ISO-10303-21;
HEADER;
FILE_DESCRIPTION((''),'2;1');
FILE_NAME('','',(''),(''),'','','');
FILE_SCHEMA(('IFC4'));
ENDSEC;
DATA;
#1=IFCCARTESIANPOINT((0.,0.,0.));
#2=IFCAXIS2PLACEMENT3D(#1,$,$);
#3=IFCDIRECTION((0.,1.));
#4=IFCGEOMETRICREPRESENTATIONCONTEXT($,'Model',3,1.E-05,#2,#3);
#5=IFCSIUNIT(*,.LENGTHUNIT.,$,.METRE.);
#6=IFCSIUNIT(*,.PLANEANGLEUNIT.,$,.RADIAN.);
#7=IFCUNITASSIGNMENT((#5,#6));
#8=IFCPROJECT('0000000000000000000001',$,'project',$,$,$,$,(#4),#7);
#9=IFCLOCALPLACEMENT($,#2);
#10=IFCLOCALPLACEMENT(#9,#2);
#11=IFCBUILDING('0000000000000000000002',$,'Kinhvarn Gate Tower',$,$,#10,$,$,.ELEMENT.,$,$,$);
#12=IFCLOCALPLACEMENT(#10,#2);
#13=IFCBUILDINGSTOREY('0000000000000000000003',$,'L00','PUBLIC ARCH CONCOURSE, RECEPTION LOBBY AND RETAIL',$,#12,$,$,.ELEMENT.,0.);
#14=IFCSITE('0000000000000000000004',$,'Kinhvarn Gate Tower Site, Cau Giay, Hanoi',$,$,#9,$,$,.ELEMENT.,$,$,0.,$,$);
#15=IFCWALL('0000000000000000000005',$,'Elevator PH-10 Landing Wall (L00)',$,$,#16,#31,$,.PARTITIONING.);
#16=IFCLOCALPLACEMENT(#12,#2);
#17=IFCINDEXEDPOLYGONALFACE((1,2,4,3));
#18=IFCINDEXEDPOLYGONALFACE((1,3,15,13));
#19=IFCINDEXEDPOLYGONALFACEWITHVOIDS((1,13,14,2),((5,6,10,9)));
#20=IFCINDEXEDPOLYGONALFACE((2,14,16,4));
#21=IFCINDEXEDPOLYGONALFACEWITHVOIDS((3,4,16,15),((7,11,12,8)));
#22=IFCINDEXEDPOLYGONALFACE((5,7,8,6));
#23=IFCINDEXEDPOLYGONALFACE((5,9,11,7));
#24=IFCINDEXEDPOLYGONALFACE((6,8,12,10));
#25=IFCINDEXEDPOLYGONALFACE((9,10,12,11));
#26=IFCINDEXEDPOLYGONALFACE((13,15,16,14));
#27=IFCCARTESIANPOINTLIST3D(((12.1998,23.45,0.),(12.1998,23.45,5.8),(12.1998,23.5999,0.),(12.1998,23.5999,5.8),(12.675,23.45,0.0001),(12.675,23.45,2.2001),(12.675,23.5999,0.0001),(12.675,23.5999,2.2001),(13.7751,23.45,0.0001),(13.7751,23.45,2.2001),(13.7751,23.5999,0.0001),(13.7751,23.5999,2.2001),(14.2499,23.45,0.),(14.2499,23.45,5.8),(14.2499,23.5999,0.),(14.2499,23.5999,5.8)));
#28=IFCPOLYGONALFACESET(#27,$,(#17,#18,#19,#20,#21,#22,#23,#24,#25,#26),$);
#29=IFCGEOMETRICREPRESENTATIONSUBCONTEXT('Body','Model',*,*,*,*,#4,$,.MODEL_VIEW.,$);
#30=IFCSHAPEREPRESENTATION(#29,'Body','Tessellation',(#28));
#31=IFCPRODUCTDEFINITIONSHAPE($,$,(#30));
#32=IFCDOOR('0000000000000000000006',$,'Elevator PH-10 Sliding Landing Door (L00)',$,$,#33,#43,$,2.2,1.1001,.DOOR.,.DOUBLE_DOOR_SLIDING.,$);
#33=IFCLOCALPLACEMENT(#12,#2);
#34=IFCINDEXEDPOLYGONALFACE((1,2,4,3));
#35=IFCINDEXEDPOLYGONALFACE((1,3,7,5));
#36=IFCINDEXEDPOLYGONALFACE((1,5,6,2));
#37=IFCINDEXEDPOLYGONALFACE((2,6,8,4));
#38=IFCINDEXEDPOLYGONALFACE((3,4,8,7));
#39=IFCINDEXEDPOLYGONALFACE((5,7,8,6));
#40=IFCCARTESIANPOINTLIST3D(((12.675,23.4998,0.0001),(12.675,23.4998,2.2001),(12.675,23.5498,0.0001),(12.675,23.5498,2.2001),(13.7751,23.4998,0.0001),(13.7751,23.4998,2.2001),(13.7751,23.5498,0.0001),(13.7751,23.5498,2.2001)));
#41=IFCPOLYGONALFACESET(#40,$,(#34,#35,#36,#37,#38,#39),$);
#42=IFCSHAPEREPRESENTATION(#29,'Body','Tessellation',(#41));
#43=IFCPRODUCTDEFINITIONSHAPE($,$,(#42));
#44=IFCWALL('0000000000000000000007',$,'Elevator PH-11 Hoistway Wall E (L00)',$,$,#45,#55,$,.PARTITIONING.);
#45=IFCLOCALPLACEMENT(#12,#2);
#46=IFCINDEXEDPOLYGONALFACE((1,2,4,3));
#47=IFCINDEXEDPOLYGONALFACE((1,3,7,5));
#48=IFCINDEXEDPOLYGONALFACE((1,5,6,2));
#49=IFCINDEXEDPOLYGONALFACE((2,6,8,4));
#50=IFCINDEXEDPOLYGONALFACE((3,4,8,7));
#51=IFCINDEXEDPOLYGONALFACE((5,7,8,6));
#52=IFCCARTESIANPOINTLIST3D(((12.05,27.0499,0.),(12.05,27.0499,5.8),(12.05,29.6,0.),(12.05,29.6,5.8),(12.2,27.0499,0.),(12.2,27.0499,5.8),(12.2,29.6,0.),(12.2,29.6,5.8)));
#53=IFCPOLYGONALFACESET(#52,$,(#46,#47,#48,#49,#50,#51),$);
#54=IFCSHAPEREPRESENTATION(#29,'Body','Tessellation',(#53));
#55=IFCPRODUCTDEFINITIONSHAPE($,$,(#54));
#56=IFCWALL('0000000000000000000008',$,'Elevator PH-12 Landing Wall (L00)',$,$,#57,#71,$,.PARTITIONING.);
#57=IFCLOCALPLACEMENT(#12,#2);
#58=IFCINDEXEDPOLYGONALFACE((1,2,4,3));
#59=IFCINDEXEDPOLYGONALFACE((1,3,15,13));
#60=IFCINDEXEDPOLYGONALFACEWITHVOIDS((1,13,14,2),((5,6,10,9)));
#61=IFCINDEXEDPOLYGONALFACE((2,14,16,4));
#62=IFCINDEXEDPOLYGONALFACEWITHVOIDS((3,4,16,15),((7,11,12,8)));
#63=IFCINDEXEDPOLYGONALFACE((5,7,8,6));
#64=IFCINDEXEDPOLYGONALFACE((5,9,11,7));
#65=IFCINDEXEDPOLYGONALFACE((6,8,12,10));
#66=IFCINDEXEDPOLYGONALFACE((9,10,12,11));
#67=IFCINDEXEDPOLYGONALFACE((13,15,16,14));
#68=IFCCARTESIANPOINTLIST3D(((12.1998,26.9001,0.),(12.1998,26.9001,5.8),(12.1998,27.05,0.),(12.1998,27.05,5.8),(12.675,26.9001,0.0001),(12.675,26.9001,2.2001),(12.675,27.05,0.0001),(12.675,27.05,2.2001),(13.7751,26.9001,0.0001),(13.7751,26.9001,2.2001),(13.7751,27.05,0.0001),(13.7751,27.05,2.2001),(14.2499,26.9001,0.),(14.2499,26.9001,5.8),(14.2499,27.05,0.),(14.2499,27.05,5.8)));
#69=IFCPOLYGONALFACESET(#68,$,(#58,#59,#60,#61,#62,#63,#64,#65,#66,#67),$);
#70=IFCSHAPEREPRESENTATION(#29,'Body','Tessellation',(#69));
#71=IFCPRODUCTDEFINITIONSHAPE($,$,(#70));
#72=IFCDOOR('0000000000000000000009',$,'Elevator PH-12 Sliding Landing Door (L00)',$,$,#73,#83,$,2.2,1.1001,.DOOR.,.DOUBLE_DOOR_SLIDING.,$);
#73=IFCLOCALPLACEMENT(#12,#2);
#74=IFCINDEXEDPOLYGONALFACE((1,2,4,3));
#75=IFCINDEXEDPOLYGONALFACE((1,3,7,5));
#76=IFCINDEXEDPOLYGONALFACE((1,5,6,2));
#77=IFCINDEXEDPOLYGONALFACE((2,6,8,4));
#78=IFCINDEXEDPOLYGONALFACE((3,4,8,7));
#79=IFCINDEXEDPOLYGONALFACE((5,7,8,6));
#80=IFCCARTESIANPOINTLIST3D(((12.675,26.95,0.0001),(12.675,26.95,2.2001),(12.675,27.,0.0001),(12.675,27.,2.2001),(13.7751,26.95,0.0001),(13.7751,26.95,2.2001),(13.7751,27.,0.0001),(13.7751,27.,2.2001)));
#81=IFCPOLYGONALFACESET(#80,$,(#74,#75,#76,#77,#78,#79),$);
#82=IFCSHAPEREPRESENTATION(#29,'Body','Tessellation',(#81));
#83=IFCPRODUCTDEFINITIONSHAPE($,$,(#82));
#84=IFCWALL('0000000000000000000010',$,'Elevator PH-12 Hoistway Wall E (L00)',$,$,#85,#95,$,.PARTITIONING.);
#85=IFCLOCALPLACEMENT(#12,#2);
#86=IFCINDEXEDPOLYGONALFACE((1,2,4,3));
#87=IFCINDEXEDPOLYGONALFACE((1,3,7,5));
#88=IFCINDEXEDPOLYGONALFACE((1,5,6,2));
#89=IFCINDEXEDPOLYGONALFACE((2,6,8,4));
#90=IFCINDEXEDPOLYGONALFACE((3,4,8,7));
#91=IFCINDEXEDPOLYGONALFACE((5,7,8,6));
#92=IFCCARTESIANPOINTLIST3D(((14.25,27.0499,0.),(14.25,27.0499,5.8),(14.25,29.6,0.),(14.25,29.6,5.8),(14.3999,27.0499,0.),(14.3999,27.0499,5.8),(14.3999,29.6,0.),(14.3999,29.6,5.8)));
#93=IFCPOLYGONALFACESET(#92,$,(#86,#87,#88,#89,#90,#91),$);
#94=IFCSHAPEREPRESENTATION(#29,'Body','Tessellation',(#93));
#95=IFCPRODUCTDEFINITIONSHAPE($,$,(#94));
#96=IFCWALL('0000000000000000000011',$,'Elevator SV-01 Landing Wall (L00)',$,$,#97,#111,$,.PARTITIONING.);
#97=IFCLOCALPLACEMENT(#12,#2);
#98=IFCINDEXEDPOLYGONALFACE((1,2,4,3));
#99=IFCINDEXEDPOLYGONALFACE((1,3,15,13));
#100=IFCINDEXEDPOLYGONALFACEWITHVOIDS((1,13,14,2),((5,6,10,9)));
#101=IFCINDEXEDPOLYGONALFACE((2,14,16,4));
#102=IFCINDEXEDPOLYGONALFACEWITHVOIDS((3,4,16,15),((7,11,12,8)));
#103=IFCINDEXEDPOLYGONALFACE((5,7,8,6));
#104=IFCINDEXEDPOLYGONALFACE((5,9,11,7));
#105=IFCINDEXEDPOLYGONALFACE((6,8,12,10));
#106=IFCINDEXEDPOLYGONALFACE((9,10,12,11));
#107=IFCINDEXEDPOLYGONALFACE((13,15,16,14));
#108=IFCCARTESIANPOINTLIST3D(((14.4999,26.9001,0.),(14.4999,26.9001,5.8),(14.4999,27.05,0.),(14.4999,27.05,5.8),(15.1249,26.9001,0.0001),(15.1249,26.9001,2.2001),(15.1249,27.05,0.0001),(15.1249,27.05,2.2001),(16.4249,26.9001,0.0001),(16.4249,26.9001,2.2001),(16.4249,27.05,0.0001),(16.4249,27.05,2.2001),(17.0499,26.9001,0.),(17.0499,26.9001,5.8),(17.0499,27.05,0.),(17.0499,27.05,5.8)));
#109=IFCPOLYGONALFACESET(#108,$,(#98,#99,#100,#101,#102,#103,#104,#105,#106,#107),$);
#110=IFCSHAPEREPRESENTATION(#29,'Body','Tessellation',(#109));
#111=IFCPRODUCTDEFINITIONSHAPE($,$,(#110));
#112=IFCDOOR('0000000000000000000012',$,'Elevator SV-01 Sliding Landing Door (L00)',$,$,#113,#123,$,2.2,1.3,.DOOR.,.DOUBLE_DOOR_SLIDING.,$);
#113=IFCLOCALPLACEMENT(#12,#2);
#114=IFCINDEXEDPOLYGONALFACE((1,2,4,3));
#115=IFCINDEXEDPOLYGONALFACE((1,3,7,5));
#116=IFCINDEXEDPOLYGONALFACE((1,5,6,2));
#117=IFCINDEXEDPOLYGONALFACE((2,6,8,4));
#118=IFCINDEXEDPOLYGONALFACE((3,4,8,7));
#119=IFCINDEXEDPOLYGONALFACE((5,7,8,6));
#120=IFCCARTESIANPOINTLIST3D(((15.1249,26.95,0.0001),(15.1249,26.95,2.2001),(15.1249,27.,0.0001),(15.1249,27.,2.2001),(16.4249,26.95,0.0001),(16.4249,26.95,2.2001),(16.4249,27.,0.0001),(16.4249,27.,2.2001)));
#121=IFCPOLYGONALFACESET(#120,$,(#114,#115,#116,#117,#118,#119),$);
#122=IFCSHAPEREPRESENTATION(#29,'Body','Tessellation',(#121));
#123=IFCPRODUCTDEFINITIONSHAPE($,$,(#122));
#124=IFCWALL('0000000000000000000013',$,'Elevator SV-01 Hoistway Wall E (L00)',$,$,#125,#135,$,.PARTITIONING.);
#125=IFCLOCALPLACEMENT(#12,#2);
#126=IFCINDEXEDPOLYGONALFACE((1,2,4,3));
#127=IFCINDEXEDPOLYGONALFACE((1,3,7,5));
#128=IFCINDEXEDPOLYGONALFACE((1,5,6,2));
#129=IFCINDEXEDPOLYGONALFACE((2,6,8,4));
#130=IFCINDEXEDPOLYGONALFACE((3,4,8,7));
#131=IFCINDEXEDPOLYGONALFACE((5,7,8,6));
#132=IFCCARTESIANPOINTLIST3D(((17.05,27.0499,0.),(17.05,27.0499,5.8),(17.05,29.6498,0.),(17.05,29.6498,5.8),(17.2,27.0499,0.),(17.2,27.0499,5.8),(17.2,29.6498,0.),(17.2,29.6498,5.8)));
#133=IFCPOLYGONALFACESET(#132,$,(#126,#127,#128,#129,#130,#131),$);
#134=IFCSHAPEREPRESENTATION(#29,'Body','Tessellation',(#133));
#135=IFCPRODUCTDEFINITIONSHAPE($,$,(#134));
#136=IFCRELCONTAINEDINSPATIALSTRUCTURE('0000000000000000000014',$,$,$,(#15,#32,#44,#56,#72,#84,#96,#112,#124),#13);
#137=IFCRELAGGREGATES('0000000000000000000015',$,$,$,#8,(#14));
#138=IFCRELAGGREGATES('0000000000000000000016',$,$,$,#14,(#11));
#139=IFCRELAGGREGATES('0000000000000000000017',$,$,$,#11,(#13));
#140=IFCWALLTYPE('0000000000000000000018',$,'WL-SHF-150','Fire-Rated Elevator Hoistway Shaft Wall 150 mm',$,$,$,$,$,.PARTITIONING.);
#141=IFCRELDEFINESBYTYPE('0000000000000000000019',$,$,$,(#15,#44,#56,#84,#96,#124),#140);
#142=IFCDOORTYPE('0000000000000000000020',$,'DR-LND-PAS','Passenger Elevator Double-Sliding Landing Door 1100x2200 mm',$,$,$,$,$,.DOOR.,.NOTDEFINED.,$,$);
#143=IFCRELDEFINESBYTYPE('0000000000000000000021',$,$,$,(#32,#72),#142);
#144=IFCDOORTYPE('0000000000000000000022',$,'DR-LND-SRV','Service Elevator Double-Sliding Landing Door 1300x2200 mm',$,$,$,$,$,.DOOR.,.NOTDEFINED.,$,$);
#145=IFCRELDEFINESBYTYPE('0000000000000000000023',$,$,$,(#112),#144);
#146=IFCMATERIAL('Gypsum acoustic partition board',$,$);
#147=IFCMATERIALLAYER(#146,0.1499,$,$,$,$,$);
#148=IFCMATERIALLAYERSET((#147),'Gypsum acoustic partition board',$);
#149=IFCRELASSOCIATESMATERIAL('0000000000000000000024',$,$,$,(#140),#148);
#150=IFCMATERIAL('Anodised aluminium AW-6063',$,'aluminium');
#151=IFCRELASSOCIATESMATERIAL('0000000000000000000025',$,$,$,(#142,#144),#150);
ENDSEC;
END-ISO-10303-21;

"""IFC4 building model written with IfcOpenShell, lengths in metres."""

from ifc_helpers import new_model, si_unit, direction, frame, frame_2d, origin, place, context, subcontext, project, spatial, rectangle, extrude, material, layer, layer_set, type_object, element, fill, save


model = new_model("IFC4")

# Units and contexts
model_context = context("Model", 3, precision=1e-05, world=origin(), true_north=direction((0.0, 1.0)))
body_context = subcontext(model_context, "Body", "Model", "MODEL_VIEW")
ifc_project = project(units=[si_unit("LENGTHUNIT", "METRE"), si_unit("PLANEANGLEUNIT", "RADIAN")], contexts=[model_context])

# Site, building, storey
site_placement = place(None, origin())
site = spatial("IfcSite", under=ifc_project, at=site_placement, Name="Kinhvarn Gate Tower Site, Cau Giay, Hanoi", CompositionType="ELEMENT", RefElevation=0.0)
building_placement = place(site_placement, origin())
building = spatial("IfcBuilding", under=site, at=building_placement, Name="Kinhvarn Gate Tower", CompositionType="ELEMENT")
storey_placement = place(building_placement, origin())
storey = spatial("IfcBuildingStorey", under=building, at=storey_placement, Name="L00", Description="PUBLIC ARCH CONCOURSE, RECEPTION LOBBY AND RETAIL", CompositionType="ELEMENT", Elevation=0.0)

# Shared definitions
ifc_material_1 = material(Name="Anodised aluminium AW-6063", Category="aluminium")
ifc_material_2 = material(Name="Gypsum acoustic partition board")
ifc_layer_1 = layer(ifc_material_2, 0.1499)
ifc_layer_set_1 = layer_set([ifc_layer_1], Name="Gypsum acoustic partition board")
wall_type_1 = type_object("IfcWallType", Name="WL-SHF-150", Description="Fire-Rated Elevator Hoistway Shaft Wall 150 mm", PredefinedType="PARTITIONING", material=ifc_layer_set_1)
door_type_1 = type_object("IfcDoorType", Name="DR-LND-PAS", Description="Passenger Elevator Double-Sliding Landing Door 1100x2200 mm", OperationType="NOTDEFINED", PredefinedType="DOOR", material=ifc_material_1)

# Wall, opening, door
wall_1_placement = place(storey_placement, frame((12.2, 23.5249, 0.0), z_axis=(0.0, 0.0, 1.0), x_axis=(1.0, 0.0, 0.0)))
wall_1 = element("IfcWall", 1, at=wall_1_placement, inside=storey, type_object=wall_type_1, Name="Elevator PH-10 Landing Wall (L00)", PredefinedType="PARTITIONING", context=body_context, shape_type="SweptSolid", body=[
    extrude(rectangle(XDim=2.05, YDim=0.1499, at=frame_2d((1.0249, 0.0))), origin(), (0.0, 0.0, 1.0), 5.8),
])
opening_1_placement = place(wall_1_placement, frame((0.4751, 0.0, 0.0)))
opening_1 = element("IfcOpeningElement", 2, at=opening_1_placement, cuts=wall_1, PredefinedType="OPENING", context=body_context, shape_type="SweptSolid", body=[
    extrude(rectangle(XDim=1.1001, YDim=2.2, at=frame_2d((0.55, 1.1001))), frame((0.0, 0.085, 0.0), z_axis=(0.0, -1.0, 0.0), x_axis=(1.0, 0.0, 0.0)), (0.0, 0.0, 1.0), 0.1699),
])
door_1_placement = place(opening_1_placement, origin())
door_1 = element("IfcDoor", 3, at=door_1_placement, inside=storey, type_object=door_type_1, Name="Elevator PH-10 Sliding Landing Door (L00)", OperationType="DOUBLE_DOOR_SLIDING", OverallHeight=2.2, OverallWidth=1.1001, PredefinedType="DOOR", context=body_context, shape_type="SweptSolid", body=[
    extrude(rectangle(XDim=1.1001, YDim=2.2, at=frame_2d((0.55, 1.1001))), frame((0.0, 0.0249, 0.0), z_axis=(0.0, -1.0, 0.0), x_axis=(1.0, 0.0, 0.0)), (0.0, 0.0, 1.0), 0.05),
])
fill(opening_1, door_1)

# Wall
wall_2_placement = place(storey_placement, frame((12.125, 27.05, 0.0), z_axis=(0.0, 0.0, 1.0), x_axis=(0.0, 1.0, 0.0)))
element("IfcWall", 4, at=wall_2_placement, inside=storey, type_object=wall_type_1, Name="Elevator PH-11 Hoistway Wall E (L00)", PredefinedType="PARTITIONING", context=body_context, shape_type="SweptSolid", body=[
    extrude(rectangle(XDim=2.55, YDim=0.1499, at=frame_2d((1.2749, 0.0))), origin(), (0.0, 0.0, 1.0), 5.8),
])

# Wall, opening, door
wall_3_placement = place(storey_placement, frame((12.2, 26.9751, 0.0), z_axis=(0.0, 0.0, 1.0), x_axis=(1.0, 0.0, 0.0)))
wall_3 = element("IfcWall", 5, at=wall_3_placement, inside=storey, type_object=wall_type_1, Name="Elevator PH-12 Landing Wall (L00)", PredefinedType="PARTITIONING", context=body_context, shape_type="SweptSolid", body=[
    extrude(rectangle(XDim=2.05, YDim=0.1499, at=frame_2d((1.0249, 0.0))), origin(), (0.0, 0.0, 1.0), 5.8),
])
opening_2_placement = place(wall_3_placement, frame((0.4751, 0.0, 0.0)))
opening_2 = element("IfcOpeningElement", 6, at=opening_2_placement, cuts=wall_3, PredefinedType="OPENING", context=body_context, shape_type="SweptSolid", body=[
    extrude(rectangle(XDim=1.1001, YDim=2.2, at=frame_2d((0.55, 1.1001))), frame((0.0, 0.085, 0.0), z_axis=(0.0, -1.0, 0.0), x_axis=(1.0, 0.0, 0.0)), (0.0, 0.0, 1.0), 0.1699),
])
door_2_placement = place(opening_2_placement, origin())
door_2 = element("IfcDoor", 7, at=door_2_placement, inside=storey, type_object=door_type_1, Name="Elevator PH-12 Sliding Landing Door (L00)", OperationType="DOUBLE_DOOR_SLIDING", OverallHeight=2.2, OverallWidth=1.1001, PredefinedType="DOOR", context=body_context, shape_type="SweptSolid", body=[
    extrude(rectangle(XDim=1.1001, YDim=2.2, at=frame_2d((0.55, 1.1001))), frame((0.0, 0.0249, 0.0), z_axis=(0.0, -1.0, 0.0), x_axis=(1.0, 0.0, 0.0)), (0.0, 0.0, 1.0), 0.05),
])
fill(opening_2, door_2)

# Wall
wall_4_placement = place(storey_placement, frame((14.325, 27.05, 0.0), z_axis=(0.0, 0.0, 1.0), x_axis=(0.0, 1.0, 0.0)))
element("IfcWall", 8, at=wall_4_placement, inside=storey, type_object=wall_type_1, Name="Elevator PH-12 Hoistway Wall E (L00)", PredefinedType="PARTITIONING", context=body_context, shape_type="SweptSolid", body=[
    extrude(rectangle(XDim=2.55, YDim=0.1499, at=frame_2d((1.2749, 0.0))), origin(), (0.0, 0.0, 1.0), 5.8),
])

# Wall, opening, door
wall_5_placement = place(storey_placement, frame((14.5, 26.9751, 0.0), z_axis=(0.0, 0.0, 1.0), x_axis=(1.0, 0.0, 0.0)))
wall_5 = element("IfcWall", 9, at=wall_5_placement, inside=storey, type_object=wall_type_1, Name="Elevator SV-01 Landing Wall (L00)", PredefinedType="PARTITIONING", context=body_context, shape_type="SweptSolid", body=[
    extrude(rectangle(XDim=2.55, YDim=0.1499, at=frame_2d((1.2749, 0.0))), origin(), (0.0, 0.0, 1.0), 5.8),
])
opening_3_placement = place(wall_5_placement, frame((0.625, 0.0, 0.0)))
opening_3 = element("IfcOpeningElement", 10, at=opening_3_placement, cuts=wall_5, PredefinedType="OPENING", context=body_context, shape_type="SweptSolid", body=[
    extrude(rectangle(XDim=1.3, YDim=2.2, at=frame_2d((0.6499, 1.1001))), frame((0.0, 0.085, 0.0), z_axis=(0.0, -1.0, 0.0), x_axis=(1.0, 0.0, 0.0)), (0.0, 0.0, 1.0), 0.1699),
])
door_type_2 = type_object("IfcDoorType", Name="DR-LND-SRV", Description="Service Elevator Double-Sliding Landing Door 1300x2200 mm", OperationType="NOTDEFINED", PredefinedType="DOOR", material=ifc_material_1)
door_3_placement = place(opening_3_placement, origin())
door_3 = element("IfcDoor", 11, at=door_3_placement, inside=storey, type_object=door_type_2, Name="Elevator SV-01 Sliding Landing Door (L00)", OperationType="DOUBLE_DOOR_SLIDING", OverallHeight=2.2, OverallWidth=1.3, PredefinedType="DOOR", context=body_context, shape_type="SweptSolid", body=[
    extrude(rectangle(XDim=1.3, YDim=2.2, at=frame_2d((0.6499, 1.1001))), frame((0.0, 0.0249, 0.0), z_axis=(0.0, -1.0, 0.0), x_axis=(1.0, 0.0, 0.0)), (0.0, 0.0, 1.0), 0.05),
])
fill(opening_3, door_3)

# Wall
wall_6_placement = place(storey_placement, frame((17.125, 27.05, 0.0), z_axis=(0.0, 0.0, 1.0), x_axis=(0.0, 1.0, 0.0)))
element("IfcWall", 12, at=wall_6_placement, inside=storey, type_object=wall_type_1, Name="Elevator SV-01 Hoistway Wall E (L00)", PredefinedType="PARTITIONING", context=body_context, shape_type="SweptSolid", body=[
    extrude(rectangle(XDim=2.5999, YDim=0.1499, at=frame_2d((1.2998, 0.0))), origin(), (0.0, 0.0, 1.0), 5.8),
])

save(model, "model.ifc")
